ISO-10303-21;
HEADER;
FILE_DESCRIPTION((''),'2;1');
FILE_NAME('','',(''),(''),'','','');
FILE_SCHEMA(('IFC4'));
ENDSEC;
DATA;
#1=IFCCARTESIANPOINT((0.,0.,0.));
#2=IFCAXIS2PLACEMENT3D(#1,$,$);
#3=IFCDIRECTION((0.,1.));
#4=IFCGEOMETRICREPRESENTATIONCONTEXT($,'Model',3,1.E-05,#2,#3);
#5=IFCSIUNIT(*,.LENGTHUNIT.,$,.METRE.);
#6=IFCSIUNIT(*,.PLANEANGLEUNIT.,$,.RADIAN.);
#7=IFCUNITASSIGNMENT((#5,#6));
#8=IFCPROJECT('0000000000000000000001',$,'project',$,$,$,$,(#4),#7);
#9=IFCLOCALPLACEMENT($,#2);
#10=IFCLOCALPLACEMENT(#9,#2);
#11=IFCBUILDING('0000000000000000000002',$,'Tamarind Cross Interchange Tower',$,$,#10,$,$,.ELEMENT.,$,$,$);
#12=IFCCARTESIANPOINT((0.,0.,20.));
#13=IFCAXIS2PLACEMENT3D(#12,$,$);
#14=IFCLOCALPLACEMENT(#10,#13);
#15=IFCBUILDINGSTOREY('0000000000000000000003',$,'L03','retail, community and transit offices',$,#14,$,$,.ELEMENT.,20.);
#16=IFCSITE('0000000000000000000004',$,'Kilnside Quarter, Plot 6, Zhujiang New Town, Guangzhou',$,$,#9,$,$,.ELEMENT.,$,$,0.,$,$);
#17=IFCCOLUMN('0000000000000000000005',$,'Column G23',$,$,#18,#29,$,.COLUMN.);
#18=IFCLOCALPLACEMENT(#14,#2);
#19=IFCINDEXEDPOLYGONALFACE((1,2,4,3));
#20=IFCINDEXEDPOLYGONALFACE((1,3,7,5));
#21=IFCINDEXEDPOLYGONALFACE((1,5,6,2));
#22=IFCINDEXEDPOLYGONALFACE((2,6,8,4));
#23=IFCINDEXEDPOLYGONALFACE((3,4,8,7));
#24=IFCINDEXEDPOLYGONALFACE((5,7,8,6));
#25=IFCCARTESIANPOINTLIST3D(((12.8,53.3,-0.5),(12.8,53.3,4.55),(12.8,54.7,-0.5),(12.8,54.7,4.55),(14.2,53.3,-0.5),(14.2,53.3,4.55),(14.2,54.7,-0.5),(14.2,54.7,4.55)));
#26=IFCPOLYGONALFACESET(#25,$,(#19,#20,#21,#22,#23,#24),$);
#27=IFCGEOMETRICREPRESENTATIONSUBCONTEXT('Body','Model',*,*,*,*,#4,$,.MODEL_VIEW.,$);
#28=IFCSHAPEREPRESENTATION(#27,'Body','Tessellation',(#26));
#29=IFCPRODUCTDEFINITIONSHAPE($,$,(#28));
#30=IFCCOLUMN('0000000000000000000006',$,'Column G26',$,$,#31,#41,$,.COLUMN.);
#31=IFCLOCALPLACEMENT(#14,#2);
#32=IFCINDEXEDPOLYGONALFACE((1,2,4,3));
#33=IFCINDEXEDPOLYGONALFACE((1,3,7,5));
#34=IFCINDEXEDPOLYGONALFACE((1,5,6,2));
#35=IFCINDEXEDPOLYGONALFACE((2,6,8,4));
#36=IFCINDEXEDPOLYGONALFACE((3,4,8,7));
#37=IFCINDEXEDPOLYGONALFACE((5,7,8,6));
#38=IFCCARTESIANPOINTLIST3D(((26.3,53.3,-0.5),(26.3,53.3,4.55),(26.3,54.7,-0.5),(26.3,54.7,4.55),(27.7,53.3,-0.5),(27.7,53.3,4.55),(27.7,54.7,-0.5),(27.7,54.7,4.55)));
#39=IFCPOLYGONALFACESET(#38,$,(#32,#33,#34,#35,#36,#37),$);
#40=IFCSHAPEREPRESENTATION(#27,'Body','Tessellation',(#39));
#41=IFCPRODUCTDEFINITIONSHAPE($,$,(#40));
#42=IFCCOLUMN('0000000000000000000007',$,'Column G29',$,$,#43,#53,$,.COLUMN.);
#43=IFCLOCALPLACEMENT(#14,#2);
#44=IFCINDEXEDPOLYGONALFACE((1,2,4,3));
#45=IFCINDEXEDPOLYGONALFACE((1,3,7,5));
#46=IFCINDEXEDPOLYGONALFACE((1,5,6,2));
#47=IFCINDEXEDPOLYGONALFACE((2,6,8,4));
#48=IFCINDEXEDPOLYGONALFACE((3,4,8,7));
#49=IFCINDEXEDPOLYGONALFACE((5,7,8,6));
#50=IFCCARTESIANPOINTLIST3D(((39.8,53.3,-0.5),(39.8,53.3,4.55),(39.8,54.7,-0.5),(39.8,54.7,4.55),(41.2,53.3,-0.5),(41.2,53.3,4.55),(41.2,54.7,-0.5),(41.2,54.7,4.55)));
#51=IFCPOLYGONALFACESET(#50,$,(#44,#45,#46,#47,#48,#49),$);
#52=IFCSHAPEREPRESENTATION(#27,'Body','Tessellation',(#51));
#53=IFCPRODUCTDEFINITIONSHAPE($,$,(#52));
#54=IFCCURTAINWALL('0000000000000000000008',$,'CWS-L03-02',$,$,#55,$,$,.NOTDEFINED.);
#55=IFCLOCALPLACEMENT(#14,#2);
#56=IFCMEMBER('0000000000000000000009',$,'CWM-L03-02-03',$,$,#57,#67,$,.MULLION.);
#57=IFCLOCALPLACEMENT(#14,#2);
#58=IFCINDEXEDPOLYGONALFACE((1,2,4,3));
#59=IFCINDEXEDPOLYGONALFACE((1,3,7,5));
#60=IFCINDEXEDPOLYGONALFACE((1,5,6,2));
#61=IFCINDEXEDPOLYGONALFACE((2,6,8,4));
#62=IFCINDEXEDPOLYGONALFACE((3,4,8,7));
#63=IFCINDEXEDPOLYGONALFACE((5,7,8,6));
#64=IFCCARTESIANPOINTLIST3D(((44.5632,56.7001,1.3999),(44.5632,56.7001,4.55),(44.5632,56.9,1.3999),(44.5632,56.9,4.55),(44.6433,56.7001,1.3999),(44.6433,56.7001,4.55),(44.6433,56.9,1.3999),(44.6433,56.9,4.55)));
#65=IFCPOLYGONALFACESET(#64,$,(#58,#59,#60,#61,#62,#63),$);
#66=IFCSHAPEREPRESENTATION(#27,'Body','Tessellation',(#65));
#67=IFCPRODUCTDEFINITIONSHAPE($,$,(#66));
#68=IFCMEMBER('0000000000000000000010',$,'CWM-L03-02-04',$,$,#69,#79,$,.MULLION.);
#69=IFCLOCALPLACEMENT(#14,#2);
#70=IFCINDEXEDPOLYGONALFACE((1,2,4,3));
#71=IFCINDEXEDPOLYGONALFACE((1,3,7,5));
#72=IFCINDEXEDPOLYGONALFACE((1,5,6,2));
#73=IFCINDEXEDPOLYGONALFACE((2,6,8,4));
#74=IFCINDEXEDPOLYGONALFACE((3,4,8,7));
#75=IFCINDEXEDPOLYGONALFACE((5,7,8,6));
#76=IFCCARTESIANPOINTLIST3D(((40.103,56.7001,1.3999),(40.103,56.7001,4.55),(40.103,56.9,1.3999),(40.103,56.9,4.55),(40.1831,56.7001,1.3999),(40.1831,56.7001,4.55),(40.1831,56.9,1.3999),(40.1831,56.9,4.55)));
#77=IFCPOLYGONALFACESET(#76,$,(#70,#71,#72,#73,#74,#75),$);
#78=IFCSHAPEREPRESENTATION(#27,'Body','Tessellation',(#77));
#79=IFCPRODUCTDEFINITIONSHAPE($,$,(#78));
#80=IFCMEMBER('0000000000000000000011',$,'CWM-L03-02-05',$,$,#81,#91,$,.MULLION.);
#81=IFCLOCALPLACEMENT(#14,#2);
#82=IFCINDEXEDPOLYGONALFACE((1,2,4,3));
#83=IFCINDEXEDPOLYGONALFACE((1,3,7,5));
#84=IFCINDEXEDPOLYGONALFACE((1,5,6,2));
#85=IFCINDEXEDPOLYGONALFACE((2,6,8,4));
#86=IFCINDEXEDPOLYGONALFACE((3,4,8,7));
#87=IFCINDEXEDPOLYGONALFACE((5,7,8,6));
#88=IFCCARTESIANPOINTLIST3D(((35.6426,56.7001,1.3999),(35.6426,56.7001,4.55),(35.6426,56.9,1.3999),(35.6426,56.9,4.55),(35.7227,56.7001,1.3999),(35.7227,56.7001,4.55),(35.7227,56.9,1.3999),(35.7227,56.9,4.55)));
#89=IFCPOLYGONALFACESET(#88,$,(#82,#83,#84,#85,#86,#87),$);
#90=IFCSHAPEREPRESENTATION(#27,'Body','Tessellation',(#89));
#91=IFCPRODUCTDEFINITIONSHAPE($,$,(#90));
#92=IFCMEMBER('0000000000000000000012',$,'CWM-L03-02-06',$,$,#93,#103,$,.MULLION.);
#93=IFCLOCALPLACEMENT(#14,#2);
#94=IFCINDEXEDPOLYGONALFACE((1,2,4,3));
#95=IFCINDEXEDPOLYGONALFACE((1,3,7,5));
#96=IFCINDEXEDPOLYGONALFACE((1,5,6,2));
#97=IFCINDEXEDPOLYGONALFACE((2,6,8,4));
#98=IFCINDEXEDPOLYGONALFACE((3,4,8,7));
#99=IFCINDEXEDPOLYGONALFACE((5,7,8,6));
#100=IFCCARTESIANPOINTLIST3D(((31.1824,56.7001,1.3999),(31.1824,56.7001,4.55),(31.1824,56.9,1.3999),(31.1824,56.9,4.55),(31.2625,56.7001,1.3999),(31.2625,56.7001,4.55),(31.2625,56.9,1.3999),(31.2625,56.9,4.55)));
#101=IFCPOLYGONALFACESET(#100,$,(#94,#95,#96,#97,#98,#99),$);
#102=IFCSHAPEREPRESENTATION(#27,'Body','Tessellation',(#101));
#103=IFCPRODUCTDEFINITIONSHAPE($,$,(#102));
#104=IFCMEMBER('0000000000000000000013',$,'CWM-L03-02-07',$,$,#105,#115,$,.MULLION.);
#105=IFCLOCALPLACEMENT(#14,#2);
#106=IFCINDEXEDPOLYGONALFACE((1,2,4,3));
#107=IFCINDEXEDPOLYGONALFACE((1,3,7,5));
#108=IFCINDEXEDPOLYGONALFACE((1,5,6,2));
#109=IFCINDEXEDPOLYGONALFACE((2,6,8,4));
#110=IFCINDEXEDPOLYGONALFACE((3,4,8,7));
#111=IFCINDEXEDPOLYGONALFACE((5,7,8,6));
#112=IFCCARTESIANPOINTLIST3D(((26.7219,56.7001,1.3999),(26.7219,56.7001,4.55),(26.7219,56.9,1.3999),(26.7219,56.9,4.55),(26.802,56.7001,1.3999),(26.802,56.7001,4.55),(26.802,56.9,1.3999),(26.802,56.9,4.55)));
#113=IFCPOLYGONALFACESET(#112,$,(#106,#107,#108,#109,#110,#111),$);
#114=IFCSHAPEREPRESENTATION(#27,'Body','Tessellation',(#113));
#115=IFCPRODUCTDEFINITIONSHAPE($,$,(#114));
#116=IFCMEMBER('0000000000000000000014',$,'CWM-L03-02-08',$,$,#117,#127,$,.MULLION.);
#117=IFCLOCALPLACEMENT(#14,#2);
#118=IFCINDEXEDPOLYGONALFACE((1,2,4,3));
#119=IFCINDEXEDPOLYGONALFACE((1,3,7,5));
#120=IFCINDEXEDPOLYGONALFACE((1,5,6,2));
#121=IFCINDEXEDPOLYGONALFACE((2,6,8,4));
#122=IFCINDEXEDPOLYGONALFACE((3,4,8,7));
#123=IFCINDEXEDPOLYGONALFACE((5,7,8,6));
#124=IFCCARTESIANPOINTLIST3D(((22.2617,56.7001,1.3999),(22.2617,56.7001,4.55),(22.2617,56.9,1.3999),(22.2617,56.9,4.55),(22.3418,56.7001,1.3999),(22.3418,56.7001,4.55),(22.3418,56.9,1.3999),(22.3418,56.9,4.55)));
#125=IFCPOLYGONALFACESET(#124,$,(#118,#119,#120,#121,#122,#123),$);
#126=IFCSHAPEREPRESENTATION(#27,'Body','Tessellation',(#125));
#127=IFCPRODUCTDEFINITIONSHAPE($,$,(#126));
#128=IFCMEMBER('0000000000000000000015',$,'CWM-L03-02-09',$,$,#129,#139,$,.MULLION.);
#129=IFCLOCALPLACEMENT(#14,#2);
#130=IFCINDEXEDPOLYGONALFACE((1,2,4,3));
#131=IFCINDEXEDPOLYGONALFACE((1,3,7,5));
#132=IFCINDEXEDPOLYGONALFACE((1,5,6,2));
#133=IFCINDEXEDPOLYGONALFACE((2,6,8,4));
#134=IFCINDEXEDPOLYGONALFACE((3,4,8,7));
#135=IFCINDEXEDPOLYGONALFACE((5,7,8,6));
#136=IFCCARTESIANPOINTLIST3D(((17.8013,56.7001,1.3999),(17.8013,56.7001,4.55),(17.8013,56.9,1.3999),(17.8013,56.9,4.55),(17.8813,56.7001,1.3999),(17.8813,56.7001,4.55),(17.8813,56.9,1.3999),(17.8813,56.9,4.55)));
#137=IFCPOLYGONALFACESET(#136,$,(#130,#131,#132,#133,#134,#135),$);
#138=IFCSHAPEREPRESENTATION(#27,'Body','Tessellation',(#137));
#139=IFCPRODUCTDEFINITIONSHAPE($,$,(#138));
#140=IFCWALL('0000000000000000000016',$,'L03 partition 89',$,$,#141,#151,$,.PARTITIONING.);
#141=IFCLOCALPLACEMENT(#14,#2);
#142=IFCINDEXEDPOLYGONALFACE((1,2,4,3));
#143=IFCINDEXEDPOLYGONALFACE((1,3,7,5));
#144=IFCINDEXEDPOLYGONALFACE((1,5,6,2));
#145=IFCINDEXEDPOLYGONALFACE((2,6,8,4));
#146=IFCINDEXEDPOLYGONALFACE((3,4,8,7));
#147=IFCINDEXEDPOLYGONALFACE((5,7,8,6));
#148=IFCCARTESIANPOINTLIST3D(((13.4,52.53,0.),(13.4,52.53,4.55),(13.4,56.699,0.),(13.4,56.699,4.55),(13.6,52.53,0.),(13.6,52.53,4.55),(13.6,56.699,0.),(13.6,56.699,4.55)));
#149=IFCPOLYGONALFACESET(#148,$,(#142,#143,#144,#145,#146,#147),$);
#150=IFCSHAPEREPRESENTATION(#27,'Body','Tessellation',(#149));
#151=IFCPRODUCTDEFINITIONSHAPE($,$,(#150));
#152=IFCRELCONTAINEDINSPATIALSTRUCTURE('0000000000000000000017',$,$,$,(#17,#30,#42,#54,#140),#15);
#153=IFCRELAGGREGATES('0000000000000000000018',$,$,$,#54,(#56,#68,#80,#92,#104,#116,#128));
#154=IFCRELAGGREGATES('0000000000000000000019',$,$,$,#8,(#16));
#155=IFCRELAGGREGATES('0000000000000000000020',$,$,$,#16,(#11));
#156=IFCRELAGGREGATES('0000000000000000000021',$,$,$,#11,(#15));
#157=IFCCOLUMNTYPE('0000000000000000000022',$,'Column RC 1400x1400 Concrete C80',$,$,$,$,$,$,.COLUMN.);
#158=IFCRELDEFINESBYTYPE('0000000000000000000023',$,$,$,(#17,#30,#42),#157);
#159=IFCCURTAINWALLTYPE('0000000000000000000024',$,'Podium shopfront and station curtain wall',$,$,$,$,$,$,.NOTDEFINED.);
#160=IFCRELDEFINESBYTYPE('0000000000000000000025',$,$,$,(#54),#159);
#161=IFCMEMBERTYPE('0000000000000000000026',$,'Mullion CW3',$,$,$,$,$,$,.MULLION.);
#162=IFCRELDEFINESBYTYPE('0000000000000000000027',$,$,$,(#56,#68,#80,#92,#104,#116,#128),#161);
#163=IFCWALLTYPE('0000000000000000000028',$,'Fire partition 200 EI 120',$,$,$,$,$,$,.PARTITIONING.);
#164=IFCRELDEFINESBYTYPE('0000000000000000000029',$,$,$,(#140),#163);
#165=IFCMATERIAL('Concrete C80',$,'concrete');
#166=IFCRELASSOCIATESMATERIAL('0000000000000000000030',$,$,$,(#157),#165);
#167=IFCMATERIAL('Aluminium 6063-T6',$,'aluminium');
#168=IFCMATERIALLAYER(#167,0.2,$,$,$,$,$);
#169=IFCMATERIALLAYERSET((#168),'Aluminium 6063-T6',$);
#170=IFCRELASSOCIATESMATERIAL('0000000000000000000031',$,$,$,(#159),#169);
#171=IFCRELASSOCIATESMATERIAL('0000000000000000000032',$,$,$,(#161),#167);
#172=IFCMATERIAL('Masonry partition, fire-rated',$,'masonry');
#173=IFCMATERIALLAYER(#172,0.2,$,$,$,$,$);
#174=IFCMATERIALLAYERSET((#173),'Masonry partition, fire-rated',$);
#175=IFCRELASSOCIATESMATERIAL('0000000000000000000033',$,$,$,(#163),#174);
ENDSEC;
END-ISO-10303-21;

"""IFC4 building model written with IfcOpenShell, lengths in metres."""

from ifc_helpers import new_model, si_unit, direction, frame, frame_2d, origin, origin_2d, place, context, subcontext, project, spatial, rectangle, extrude, material, layer, layer_set, material_profile, profile_set, type_object, element, aggregate, save


model = new_model("IFC4")

# Units and contexts
model_context = context("Model", 3, precision=1e-05, world=origin(), true_north=direction((0.0, 1.0)))
body_context = subcontext(model_context, "Body", "Model", "MODEL_VIEW")
ifc_project = project(units=[si_unit("LENGTHUNIT", "METRE"), si_unit("PLANEANGLEUNIT", "RADIAN")], contexts=[model_context])

# Site, building, storey
site_placement = place(None, origin())
site = spatial("IfcSite", under=ifc_project, at=site_placement, Name="Kilnside Quarter, Plot 6, Zhujiang New Town, Guangzhou", CompositionType="ELEMENT", RefElevation=0.0)
building_placement = place(site_placement, origin())
building = spatial("IfcBuilding", under=site, at=building_placement, Name="Tamarind Cross Interchange Tower", CompositionType="ELEMENT")
storey_placement = place(building_placement, frame((0.0, 0.0, 20.0)))
storey = spatial("IfcBuildingStorey", under=building, at=storey_placement, Name="L03", Description="retail, community and transit offices", CompositionType="ELEMENT", Elevation=20.0)

# Columns
ifc_material_1 = material(Name="Concrete C80", Category="concrete")
ifc_material_profile_1 = material_profile(ifc_material_1, rectangle(XDim=1.3999, YDim=1.3999, at=origin_2d()), Name="RC 1400x1400")
ifc_profile_set_1 = profile_set([ifc_material_profile_1], Name="Concrete C80")
column_type = type_object("IfcColumnType", Name="Column RC 1400x1400 Concrete C80", PredefinedType="COLUMN", material=ifc_profile_set_1)
for number, where, z_axis, x_axis, name in (
    (1, (13.5, 54.0, -0.5), (0.0, 0.0, 1.0), (1.0, 0.0, 0.0), "Column G23"),
    (2, (27.0, 54.0, -0.5), (0.0, 0.0, 1.0), (1.0, 0.0, 0.0), "Column G26"),
    (3, (40.5, 54.0, -0.5), (0.0, 0.0, 1.0), (1.0, 0.0, 0.0), "Column G29"),
):
    element("IfcColumn", number, at=place(storey_placement, frame(where, z_axis=z_axis, x_axis=x_axis)), inside=storey, type_object=column_type, Name=name, PredefinedType="COLUMN", context=body_context, shape_type="SweptSolid", body=[
        extrude(rectangle(XDim=1.3999, YDim=1.3999, at=origin_2d()), origin(), (0.0, 0.0, 1.0), 5.05),
    ])

# Curtain wall, members
ifc_material_2 = material(Name="Aluminium 6063-T6", Category="aluminium")
ifc_layer_1 = layer(ifc_material_2, 0.2)
ifc_layer_set_1 = layer_set([ifc_layer_1], Name="Aluminium 6063-T6")
curtain_wall_type = type_object("IfcCurtainWallType", Name="Podium shopfront and station curtain wall", PredefinedType="NOTDEFINED", material=ifc_layer_set_1)
curtain_wall_placement = place(storey_placement, origin())
curtain_wall = element("IfcCurtainWall", 4, at=curtain_wall_placement, inside=storey, type_object=curtain_wall_type, Name="CWS-L03-02", PredefinedType="NOTDEFINED")
ifc_material_profile_2 = material_profile(ifc_material_2, rectangle(XDim=0.0801, YDim=0.2, at=origin_2d()), Name="Mullion CW3")
ifc_profile_set_2 = profile_set([ifc_material_profile_2], Name="Aluminium 6063-T6")
member_type = type_object("IfcMemberType", Name="Mullion CW3", PredefinedType="MULLION", material=ifc_profile_set_2)
member_1_placement = place(storey_placement, frame((44.6033, 56.8, 1.3999), z_axis=(0.0, 0.0, 1.0), x_axis=(-1.0, 0.0, 0.0)))
member_1 = element("IfcMember", 5, at=member_1_placement, type_object=member_type, Name="CWM-L03-02-03", PredefinedType="MULLION", context=body_context, shape_type="SweptSolid", body=[
    extrude(rectangle(XDim=0.0801, YDim=0.2, at=origin_2d()), origin(), (0.0, 0.0, 1.0), 3.1501),
])
member_2_placement = place(storey_placement, frame((40.1431, 56.8, 1.3999), z_axis=(0.0, 0.0, 1.0), x_axis=(-1.0, 0.0, 0.0)))
member_2 = element("IfcMember", 6, at=member_2_placement, type_object=member_type, Name="CWM-L03-02-04", PredefinedType="MULLION", context=body_context, shape_type="SweptSolid", body=[
    extrude(rectangle(XDim=0.0801, YDim=0.2, at=origin_2d()), origin(), (0.0, 0.0, 1.0), 3.1501),
])
member_3_placement = place(storey_placement, frame((35.6826, 56.8, 1.3999), z_axis=(0.0, 0.0, 1.0), x_axis=(-1.0, 0.0, 0.0)))
member_3 = element("IfcMember", 7, at=member_3_placement, type_object=member_type, Name="CWM-L03-02-05", PredefinedType="MULLION", context=body_context, shape_type="SweptSolid", body=[
    extrude(rectangle(XDim=0.0801, YDim=0.2, at=origin_2d()), origin(), (0.0, 0.0, 1.0), 3.1501),
])
member_4_placement = place(storey_placement, frame((31.2224, 56.8, 1.3999), z_axis=(0.0, 0.0, 1.0), x_axis=(-1.0, 0.0, 0.0)))
member_4 = element("IfcMember", 8, at=member_4_placement, type_object=member_type, Name="CWM-L03-02-06", PredefinedType="MULLION", context=body_context, shape_type="SweptSolid", body=[
    extrude(rectangle(XDim=0.0801, YDim=0.2, at=origin_2d()), origin(), (0.0, 0.0, 1.0), 3.1501),
])
member_5_placement = place(storey_placement, frame((26.762, 56.8, 1.3999), z_axis=(0.0, 0.0, 1.0), x_axis=(-1.0, 0.0, 0.0)))
member_5 = element("IfcMember", 9, at=member_5_placement, type_object=member_type, Name="CWM-L03-02-07", PredefinedType="MULLION", context=body_context, shape_type="SweptSolid", body=[
    extrude(rectangle(XDim=0.0801, YDim=0.2, at=origin_2d()), origin(), (0.0, 0.0, 1.0), 3.1501),
])
member_6_placement = place(storey_placement, frame((22.3018, 56.8, 1.3999), z_axis=(0.0, 0.0, 1.0), x_axis=(-1.0, 0.0, 0.0)))
member_6 = element("IfcMember", 10, at=member_6_placement, type_object=member_type, Name="CWM-L03-02-08", PredefinedType="MULLION", context=body_context, shape_type="SweptSolid", body=[
    extrude(rectangle(XDim=0.0801, YDim=0.2, at=origin_2d()), origin(), (0.0, 0.0, 1.0), 3.1501),
])
member_7_placement = place(storey_placement, frame((17.8413, 56.8, 1.3999), z_axis=(0.0, 0.0, 1.0), x_axis=(-1.0, 0.0, 0.0)))
member_7 = element("IfcMember", 11, at=member_7_placement, type_object=member_type, Name="CWM-L03-02-09", PredefinedType="MULLION", context=body_context, shape_type="SweptSolid", body=[
    extrude(rectangle(XDim=0.0801, YDim=0.2, at=origin_2d()), origin(), (0.0, 0.0, 1.0), 3.1501),
])
aggregate(curtain_wall, [member_1, member_2, member_3, member_4, member_5, member_6, member_7])

# Wall
ifc_material_3 = material(Name="Masonry partition, fire-rated", Category="masonry")
ifc_layer_2 = layer(ifc_material_3, 0.2)
ifc_layer_set_2 = layer_set([ifc_layer_2], Name="Masonry partition, fire-rated")
wall_type_1 = type_object("IfcWallType", Name="Fire partition 200 EI 120", PredefinedType="PARTITIONING", material=ifc_layer_set_2)
wall_1_placement = place(storey_placement, frame((13.5, 52.53, 0.0), z_axis=(0.0, 0.0, 1.0), x_axis=(0.0, 1.0, 0.0)))
element("IfcWall", 12, at=wall_1_placement, inside=storey, type_object=wall_type_1, Name="L03 partition 89", PredefinedType="PARTITIONING", context=body_context, shape_type="SweptSolid", body=[
    extrude(rectangle(XDim=4.1689, YDim=0.2, at=frame_2d((2.0845, 0.0))), origin(), (0.0, 0.0, 1.0), 4.55),
])

save(model, "model.ifc")
